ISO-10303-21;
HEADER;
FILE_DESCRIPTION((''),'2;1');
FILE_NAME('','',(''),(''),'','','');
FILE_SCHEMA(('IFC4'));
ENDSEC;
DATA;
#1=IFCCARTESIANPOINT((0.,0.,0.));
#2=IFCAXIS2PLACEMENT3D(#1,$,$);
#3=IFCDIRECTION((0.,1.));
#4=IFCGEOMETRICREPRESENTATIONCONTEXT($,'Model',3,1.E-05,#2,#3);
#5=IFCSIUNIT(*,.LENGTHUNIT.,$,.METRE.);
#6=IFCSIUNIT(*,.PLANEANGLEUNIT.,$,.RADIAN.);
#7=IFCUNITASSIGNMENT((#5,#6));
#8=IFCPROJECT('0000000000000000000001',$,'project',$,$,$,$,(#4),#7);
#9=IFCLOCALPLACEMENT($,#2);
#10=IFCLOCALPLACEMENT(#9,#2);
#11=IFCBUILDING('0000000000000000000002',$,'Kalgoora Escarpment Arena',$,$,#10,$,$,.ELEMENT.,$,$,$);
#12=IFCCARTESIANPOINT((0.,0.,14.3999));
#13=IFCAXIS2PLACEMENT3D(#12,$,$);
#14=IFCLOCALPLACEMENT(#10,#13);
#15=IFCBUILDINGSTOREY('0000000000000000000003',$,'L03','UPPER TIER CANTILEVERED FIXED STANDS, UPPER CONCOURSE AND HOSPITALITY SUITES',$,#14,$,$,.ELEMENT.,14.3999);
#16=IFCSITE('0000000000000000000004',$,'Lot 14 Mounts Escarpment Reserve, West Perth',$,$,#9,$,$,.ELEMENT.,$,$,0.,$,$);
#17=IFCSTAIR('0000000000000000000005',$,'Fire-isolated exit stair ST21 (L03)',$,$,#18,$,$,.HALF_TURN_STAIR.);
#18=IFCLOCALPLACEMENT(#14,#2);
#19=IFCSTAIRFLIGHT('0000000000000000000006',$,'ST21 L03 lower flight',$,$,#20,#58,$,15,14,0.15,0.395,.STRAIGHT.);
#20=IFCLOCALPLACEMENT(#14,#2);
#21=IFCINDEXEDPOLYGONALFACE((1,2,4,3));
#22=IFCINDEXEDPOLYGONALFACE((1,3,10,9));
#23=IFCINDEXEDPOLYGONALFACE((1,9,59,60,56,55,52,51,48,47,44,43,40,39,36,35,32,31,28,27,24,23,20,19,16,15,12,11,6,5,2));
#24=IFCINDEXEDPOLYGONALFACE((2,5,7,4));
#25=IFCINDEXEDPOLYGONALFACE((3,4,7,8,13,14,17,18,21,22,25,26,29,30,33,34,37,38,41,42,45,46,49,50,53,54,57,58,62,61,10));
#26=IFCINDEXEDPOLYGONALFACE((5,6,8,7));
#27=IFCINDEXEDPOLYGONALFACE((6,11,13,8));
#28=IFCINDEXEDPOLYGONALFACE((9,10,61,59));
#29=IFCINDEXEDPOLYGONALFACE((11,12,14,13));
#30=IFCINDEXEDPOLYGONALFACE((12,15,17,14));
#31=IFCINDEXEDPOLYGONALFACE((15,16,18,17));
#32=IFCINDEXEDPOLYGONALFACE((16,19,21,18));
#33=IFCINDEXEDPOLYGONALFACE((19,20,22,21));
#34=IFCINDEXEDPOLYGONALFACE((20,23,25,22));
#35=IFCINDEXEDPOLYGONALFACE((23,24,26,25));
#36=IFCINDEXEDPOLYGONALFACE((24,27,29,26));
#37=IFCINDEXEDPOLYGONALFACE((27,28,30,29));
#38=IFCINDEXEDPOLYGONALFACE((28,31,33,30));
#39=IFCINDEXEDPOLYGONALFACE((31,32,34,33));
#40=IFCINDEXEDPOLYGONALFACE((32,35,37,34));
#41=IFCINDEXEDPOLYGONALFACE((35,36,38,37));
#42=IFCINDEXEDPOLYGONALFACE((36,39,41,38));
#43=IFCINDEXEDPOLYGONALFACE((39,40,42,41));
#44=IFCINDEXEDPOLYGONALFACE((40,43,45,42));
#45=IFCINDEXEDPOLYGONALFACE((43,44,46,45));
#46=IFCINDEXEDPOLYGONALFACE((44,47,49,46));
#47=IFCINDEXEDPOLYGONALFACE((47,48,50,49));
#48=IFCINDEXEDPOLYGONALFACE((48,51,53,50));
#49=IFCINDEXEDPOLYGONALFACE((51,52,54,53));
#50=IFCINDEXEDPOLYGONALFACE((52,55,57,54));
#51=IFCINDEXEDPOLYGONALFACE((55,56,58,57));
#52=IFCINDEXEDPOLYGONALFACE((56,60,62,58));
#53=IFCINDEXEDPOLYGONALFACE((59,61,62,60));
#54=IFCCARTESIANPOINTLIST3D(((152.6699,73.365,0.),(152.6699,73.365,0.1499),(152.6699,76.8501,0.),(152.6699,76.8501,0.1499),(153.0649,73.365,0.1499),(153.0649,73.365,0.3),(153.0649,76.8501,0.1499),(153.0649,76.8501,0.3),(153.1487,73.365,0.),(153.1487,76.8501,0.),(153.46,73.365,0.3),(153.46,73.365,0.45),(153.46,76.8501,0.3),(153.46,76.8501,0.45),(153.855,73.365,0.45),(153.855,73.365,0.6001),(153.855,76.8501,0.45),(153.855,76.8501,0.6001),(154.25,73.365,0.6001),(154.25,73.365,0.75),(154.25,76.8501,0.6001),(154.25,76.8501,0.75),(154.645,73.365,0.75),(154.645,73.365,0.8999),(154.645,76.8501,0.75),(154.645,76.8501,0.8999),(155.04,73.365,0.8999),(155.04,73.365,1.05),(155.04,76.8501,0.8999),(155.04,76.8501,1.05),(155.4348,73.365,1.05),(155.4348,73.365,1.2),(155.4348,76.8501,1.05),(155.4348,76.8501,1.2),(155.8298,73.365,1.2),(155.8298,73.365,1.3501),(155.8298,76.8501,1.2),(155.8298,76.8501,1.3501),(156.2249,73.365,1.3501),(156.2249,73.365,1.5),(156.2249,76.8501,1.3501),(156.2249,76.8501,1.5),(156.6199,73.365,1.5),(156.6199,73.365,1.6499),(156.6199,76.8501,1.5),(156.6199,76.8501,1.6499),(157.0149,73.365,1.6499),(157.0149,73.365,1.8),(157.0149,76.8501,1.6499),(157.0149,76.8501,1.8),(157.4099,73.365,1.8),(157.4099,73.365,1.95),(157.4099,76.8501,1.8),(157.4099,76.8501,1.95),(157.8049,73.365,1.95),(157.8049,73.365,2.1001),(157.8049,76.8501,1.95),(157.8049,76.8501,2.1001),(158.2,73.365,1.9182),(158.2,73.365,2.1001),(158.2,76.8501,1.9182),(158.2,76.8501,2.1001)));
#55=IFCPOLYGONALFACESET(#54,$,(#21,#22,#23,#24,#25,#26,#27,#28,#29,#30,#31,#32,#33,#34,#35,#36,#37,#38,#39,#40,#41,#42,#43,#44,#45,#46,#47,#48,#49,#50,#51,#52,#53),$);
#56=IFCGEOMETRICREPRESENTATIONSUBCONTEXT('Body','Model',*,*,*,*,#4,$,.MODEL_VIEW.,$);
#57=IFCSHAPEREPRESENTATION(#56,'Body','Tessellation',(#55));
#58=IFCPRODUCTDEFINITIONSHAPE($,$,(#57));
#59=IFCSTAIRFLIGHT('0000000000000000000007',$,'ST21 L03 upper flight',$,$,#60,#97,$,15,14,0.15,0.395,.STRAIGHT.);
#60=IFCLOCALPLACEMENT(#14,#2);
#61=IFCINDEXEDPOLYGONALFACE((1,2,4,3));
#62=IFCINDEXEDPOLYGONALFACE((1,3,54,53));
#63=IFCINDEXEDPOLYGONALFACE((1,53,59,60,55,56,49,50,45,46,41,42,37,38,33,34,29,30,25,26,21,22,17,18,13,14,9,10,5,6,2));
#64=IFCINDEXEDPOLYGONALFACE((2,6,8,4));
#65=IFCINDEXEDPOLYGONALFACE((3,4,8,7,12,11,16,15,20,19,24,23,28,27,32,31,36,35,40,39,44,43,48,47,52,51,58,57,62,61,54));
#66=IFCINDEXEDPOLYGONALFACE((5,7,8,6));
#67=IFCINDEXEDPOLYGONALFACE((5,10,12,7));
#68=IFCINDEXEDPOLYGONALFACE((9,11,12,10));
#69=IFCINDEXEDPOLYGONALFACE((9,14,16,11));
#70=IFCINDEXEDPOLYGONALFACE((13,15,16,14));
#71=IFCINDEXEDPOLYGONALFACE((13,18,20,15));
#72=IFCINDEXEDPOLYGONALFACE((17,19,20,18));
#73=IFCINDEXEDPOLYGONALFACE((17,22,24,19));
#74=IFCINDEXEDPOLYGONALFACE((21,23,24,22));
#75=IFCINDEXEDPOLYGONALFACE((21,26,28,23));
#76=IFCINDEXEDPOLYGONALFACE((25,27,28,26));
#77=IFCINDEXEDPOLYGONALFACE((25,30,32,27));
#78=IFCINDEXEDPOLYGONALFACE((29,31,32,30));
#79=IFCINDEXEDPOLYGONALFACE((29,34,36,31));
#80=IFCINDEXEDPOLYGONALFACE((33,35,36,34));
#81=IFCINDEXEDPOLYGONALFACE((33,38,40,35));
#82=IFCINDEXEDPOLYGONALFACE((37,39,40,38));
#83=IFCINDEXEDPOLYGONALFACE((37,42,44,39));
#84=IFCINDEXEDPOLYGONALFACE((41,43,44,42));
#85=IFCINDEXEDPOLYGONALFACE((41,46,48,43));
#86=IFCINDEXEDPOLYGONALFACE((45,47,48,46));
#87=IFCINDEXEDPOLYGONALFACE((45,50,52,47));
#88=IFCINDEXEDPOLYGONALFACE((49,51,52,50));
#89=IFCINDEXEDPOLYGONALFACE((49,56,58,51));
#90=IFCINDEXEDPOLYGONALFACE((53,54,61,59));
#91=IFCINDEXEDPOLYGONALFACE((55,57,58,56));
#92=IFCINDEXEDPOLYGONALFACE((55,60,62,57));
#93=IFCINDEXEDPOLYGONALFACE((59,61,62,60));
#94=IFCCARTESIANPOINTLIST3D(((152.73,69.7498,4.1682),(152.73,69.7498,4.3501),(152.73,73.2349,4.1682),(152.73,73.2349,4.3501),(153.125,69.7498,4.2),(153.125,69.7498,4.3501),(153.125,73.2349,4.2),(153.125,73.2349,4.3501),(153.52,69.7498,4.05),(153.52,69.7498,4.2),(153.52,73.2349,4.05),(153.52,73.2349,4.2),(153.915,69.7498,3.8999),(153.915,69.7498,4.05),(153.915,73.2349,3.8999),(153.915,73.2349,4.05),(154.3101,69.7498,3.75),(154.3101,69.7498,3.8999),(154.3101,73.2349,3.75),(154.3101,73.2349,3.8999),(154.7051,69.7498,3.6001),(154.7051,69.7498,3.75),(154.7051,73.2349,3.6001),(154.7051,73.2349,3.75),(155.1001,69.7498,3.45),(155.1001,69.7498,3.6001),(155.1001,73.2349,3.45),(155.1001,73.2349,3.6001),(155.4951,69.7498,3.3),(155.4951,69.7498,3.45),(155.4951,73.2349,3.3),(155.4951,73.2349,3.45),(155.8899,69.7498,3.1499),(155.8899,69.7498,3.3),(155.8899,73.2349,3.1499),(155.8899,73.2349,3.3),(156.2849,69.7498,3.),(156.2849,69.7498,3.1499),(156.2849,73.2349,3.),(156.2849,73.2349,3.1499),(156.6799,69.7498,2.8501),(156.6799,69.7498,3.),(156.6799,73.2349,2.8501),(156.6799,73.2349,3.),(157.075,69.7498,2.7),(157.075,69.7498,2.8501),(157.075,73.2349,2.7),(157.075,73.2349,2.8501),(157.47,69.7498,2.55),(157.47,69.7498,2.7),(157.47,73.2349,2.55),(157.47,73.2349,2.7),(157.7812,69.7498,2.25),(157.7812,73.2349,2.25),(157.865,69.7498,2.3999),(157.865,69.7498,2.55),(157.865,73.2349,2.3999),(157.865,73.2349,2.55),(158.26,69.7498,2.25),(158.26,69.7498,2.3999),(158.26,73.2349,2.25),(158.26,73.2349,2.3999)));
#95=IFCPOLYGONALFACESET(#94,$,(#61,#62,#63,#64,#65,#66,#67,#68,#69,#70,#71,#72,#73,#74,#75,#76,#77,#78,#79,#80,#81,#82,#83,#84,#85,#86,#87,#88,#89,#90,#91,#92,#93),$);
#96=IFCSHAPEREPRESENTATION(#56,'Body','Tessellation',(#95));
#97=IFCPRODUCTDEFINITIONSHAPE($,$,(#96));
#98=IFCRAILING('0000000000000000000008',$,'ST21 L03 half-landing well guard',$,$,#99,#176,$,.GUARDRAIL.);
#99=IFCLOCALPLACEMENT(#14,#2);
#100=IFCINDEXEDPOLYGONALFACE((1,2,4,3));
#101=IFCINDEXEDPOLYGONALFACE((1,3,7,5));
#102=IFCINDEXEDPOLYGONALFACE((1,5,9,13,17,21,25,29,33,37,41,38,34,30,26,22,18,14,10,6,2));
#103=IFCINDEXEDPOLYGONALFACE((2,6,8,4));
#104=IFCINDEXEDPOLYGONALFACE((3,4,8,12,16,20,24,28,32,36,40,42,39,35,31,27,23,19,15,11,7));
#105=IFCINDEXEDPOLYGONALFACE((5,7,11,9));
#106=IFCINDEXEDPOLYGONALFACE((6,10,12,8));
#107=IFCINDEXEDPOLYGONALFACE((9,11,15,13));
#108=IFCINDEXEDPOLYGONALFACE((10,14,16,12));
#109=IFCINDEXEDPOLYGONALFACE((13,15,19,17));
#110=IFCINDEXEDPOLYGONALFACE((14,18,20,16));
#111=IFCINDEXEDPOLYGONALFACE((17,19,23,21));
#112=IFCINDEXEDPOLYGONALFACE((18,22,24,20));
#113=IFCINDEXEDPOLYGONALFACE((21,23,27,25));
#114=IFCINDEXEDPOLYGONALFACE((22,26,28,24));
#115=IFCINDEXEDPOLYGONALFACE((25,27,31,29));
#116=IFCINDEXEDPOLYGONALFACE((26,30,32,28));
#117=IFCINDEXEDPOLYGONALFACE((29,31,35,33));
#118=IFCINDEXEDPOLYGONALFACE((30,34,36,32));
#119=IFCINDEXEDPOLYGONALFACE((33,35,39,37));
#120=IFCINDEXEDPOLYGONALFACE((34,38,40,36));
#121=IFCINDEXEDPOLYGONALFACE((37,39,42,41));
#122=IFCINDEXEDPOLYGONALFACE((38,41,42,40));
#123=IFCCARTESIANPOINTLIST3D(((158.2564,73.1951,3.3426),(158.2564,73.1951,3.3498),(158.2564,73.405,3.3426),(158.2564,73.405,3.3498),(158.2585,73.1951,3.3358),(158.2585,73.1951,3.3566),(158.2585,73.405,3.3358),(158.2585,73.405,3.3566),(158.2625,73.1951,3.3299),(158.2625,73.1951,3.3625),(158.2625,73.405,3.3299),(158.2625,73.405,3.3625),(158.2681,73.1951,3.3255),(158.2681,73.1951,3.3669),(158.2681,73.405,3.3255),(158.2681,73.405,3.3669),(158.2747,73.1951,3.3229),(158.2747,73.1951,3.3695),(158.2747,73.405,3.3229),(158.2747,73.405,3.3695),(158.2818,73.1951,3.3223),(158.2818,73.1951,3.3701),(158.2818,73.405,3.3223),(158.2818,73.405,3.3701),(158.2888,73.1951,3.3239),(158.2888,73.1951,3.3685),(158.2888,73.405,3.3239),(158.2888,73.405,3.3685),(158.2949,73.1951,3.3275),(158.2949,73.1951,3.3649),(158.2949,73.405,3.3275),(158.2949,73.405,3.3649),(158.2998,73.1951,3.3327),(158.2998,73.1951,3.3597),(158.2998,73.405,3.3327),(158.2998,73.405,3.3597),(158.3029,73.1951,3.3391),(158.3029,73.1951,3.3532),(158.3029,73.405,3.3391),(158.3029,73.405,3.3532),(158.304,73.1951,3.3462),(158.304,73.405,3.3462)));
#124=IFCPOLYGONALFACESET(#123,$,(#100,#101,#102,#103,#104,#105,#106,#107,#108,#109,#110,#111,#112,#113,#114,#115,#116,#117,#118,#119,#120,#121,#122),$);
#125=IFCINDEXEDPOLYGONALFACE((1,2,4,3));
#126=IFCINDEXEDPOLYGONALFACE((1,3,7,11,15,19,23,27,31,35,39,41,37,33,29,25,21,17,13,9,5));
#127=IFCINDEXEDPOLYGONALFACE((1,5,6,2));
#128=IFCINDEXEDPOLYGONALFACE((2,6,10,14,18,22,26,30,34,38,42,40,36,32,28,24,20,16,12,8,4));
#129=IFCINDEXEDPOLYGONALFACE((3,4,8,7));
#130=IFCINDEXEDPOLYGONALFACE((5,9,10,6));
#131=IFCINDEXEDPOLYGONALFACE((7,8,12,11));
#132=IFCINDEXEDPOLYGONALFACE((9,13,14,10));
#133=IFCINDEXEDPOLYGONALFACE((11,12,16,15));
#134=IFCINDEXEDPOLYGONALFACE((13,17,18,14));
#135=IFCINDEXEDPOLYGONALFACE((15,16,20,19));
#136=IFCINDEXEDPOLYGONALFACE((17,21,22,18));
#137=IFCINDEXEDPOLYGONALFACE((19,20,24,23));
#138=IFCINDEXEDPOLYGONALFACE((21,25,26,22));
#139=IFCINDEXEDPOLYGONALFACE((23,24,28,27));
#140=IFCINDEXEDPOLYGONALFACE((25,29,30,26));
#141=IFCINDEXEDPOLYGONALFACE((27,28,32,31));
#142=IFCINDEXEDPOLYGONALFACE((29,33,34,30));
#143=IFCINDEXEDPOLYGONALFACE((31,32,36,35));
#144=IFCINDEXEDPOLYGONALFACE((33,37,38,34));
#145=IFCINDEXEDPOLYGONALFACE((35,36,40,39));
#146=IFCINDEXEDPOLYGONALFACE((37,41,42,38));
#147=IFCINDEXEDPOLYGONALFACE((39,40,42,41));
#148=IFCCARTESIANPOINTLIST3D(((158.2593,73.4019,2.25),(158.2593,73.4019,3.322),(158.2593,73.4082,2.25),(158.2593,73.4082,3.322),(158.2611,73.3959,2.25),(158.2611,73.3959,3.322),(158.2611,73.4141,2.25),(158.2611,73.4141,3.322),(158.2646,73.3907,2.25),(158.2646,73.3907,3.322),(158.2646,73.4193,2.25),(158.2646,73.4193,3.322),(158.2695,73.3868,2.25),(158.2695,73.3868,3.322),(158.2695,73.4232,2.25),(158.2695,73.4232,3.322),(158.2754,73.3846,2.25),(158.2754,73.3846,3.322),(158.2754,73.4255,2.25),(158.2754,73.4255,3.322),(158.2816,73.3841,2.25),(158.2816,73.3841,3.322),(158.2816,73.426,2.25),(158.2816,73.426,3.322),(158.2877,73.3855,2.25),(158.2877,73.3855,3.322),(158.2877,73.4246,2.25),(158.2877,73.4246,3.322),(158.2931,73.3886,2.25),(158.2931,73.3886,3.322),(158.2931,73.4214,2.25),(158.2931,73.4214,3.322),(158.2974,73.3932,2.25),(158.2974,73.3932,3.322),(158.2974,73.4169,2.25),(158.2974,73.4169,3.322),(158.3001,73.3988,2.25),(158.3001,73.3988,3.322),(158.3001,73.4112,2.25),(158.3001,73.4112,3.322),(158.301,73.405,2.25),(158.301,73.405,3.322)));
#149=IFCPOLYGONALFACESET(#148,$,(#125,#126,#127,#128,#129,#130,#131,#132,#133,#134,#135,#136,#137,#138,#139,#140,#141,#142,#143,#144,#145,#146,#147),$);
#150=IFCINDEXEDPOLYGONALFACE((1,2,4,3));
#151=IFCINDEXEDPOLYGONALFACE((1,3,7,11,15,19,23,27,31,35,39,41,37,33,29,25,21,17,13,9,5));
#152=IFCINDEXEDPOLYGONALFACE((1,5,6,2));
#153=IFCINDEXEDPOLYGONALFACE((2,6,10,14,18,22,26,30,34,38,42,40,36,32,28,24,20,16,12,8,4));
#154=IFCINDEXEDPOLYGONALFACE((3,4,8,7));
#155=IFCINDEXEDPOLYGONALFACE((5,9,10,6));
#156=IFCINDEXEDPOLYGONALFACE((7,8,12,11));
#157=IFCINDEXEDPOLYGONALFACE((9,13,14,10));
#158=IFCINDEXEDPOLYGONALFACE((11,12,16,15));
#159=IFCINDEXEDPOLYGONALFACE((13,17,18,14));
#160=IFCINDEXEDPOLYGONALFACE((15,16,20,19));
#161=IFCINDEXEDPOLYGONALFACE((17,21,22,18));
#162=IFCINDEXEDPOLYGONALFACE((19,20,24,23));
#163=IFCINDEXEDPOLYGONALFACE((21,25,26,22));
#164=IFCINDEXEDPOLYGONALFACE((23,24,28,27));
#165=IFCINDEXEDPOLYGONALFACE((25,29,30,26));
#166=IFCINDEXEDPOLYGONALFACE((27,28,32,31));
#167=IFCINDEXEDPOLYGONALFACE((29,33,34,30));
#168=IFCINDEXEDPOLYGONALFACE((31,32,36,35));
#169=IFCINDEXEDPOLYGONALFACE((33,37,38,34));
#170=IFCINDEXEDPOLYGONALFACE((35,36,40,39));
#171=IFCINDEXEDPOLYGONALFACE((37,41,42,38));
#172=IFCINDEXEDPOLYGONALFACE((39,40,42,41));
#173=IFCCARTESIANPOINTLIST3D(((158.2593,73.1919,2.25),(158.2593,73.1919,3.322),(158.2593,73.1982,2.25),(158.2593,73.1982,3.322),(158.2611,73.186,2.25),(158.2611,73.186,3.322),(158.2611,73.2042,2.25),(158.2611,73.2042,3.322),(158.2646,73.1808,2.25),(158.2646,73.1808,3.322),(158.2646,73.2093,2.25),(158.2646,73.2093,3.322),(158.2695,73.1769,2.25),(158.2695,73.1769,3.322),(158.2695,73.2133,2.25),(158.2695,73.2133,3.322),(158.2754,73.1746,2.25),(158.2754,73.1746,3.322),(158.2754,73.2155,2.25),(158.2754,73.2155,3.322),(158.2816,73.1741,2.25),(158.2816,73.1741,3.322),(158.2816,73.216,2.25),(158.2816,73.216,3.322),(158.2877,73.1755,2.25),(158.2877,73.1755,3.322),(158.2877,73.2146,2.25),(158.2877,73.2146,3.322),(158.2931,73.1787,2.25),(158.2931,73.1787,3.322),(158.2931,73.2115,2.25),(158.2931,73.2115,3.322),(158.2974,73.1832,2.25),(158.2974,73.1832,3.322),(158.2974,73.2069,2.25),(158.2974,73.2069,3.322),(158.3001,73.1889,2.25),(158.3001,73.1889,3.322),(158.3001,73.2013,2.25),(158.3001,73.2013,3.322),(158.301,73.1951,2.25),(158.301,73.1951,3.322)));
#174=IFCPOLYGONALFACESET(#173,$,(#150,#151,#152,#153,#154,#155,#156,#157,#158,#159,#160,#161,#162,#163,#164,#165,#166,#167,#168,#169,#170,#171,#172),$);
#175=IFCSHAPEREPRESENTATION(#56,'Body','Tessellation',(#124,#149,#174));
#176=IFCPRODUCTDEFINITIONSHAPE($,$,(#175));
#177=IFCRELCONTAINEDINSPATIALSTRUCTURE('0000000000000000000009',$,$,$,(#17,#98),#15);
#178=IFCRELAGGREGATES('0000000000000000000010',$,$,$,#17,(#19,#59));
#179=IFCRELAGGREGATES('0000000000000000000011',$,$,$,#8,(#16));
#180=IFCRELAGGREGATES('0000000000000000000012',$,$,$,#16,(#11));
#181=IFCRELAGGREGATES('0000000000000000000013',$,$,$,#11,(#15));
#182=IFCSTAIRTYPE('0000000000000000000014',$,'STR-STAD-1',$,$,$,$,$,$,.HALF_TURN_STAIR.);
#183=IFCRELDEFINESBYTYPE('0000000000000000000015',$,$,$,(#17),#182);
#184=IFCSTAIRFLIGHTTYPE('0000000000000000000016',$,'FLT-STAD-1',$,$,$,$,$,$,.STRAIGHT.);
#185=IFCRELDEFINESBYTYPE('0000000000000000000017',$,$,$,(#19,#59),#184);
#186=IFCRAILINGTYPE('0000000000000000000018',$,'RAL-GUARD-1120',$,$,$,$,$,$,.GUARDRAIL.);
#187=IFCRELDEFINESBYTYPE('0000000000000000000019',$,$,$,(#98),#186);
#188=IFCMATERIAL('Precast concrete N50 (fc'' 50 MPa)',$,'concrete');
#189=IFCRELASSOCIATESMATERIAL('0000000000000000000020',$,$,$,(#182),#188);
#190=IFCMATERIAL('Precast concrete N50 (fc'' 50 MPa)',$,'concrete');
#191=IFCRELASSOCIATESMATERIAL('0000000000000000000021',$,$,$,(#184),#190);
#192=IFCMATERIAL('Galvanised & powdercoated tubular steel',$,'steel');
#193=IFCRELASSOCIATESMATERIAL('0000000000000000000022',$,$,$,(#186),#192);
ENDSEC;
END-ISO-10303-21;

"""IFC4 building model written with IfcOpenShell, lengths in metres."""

from ifc_helpers import new_model, si_unit, direction, frame, origin, origin_2d, place, context, subcontext, project, spatial, polyline, circle, outline, extrude, material, type_object, element, aggregate, save


model = new_model("IFC4")

# Units and contexts
model_context = context("Model", 3, precision=1e-05, world=origin(), true_north=direction((0.0, 1.0)))
body_context = subcontext(model_context, "Body", "Model", "MODEL_VIEW")
ifc_project = project(units=[si_unit("LENGTHUNIT", "METRE"), si_unit("PLANEANGLEUNIT", "RADIAN")], contexts=[model_context])

# Site, building, storey
site_placement = place(None, origin())
site = spatial("IfcSite", under=ifc_project, at=site_placement, Name="Lot 14 Mounts Escarpment Reserve, West Perth", CompositionType="ELEMENT", RefElevation=0.0)
building_placement = place(site_placement, origin())
building = spatial("IfcBuilding", under=site, at=building_placement, Name="Kalgoora Escarpment Arena", CompositionType="ELEMENT")
storey_placement = place(building_placement, frame((0.0, 0.0, 14.3999)))
storey = spatial("IfcBuildingStorey", under=building, at=storey_placement, Name="L03", Description="UPPER TIER CANTILEVERED FIXED STANDS, UPPER CONCOURSE AND HOSPITALITY SUITES", CompositionType="ELEMENT", Elevation=14.3999)

# Stair, stair flights
ifc_material_1 = material(Name="Precast concrete N50 (fc' 50 MPa)", Category="concrete")
stair_type = type_object("IfcStairType", Name="STR-STAD-1", PredefinedType="HALF_TURN_STAIR", material=ifc_material_1)
stair_placement = place(storey_placement, origin())
stair = element("IfcStair", 1, at=stair_placement, inside=storey, type_object=stair_type, Name="Fire-isolated exit stair ST21 (L03)", PredefinedType="HALF_TURN_STAIR")
ifc_material_2 = material(Name="Precast concrete N50 (fc' 50 MPa)", Category="concrete")
stair_flight_type = type_object("IfcStairFlightType", Name="FLT-STAD-1", PredefinedType="STRAIGHT", material=ifc_material_2)
stair_flight_1_placement = place(storey_placement, frame((152.6699, 75.1074, 0.0), z_axis=(0.0, 0.0, 1.0), x_axis=(1.0, 0.0, 0.0)))
stair_flight_1 = element("IfcStairFlight", 2, at=stair_flight_1_placement, type_object=stair_flight_type, Name="ST21 L03 lower flight", NumberOfRisers=15, NumberOfTreads=14, PredefinedType="STRAIGHT", RiserHeight=0.15, TreadLength=0.395, context=body_context, shape_type="SweptSolid", body=[
    extrude(outline(polyline([(0.0, 0.0), (0.0, 0.1499), (0.395, 0.1499), (0.395, 0.3), (0.79, 0.3), (0.79, 0.45), (1.1851, 0.45), (1.1851, 0.6001), (1.5801, 0.6001), (1.5801, 0.75), (1.9751, 0.75), (1.9751, 0.8999), (2.3701, 0.8999), (2.3701, 1.05), (2.7649, 1.05), (2.7649, 1.2), (3.1599, 1.2), (3.1599, 1.3501), (3.5549, 1.3501), (3.5549, 1.5), (3.95, 1.5), (3.95, 1.6499), (4.345, 1.6499), (4.345, 1.8), (4.74, 1.8), (4.74, 1.95), (5.135, 1.95), (5.135, 2.1001), (5.53, 2.1001), (5.53, 2.25), (5.53, 1.9182), (0.4788, 0.0), (0.0, 0.0)])), frame((0.0, 1.7427, 0.0), z_axis=(0.0, -1.0, 0.0), x_axis=(1.0, 0.0, 0.0)), (0.0, 0.0, 1.0), 3.4851),
])
stair_flight_2_placement = place(storey_placement, frame((158.26, 71.4924, 2.25), z_axis=(0.0, 0.0, 1.0), x_axis=(-1.0, 0.0, 0.0)))
stair_flight_2 = element("IfcStairFlight", 3, at=stair_flight_2_placement, type_object=stair_flight_type, Name="ST21 L03 upper flight", NumberOfRisers=15, NumberOfTreads=14, PredefinedType="STRAIGHT", RiserHeight=0.15, TreadLength=0.395, context=body_context, shape_type="SweptSolid", body=[
    extrude(outline(polyline([(0.0, 0.0), (0.0, 0.1499), (0.395, 0.1499), (0.395, 0.3), (0.79, 0.3), (0.79, 0.45), (1.1851, 0.45), (1.1851, 0.6001), (1.5801, 0.6001), (1.5801, 0.75), (1.9751, 0.75), (1.9751, 0.8999), (2.3701, 0.8999), (2.3701, 1.05), (2.7649, 1.05), (2.7649, 1.2), (3.1599, 1.2), (3.1599, 1.3501), (3.5549, 1.3501), (3.5549, 1.5), (3.95, 1.5), (3.95, 1.6499), (4.345, 1.6499), (4.345, 1.8), (4.74, 1.8), (4.74, 1.95), (5.135, 1.95), (5.135, 2.1001), (5.53, 2.1001), (5.53, 2.25), (5.53, 1.9182), (0.4788, 0.0), (0.0, 0.0)])), frame((0.0, 1.7427, 0.0), z_axis=(0.0, -1.0, 0.0), x_axis=(1.0, 0.0, 0.0)), (0.0, 0.0, 1.0), 3.4851),
])
aggregate(stair, [stair_flight_1, stair_flight_2])

# Railing
ifc_material_3 = material(Name="Galvanised & powdercoated tubular steel", Category="steel")
railing_type_1 = type_object("IfcRailingType", Name="RAL-GUARD-1120", PredefinedType="GUARDRAIL", material=ifc_material_3)
railing_1_placement = place(storey_placement, frame((158.28, 73.405, 2.25)))
element("IfcRailing", 4, at=railing_1_placement, inside=storey, type_object=railing_type_1, Name="ST21 L03 half-landing well guard", PredefinedType="GUARDRAIL", context=body_context, shape_type="SweptSolid", body=[
    extrude(circle(Radius=0.0239, at=origin_2d()), frame((0.0, 0.0, 1.0962), z_axis=(0.0, -1.0, 0.0), x_axis=(1.0, 0.0, 0.0)), (0.0, 0.0, 1.0), 0.21),
    extrude(circle(Radius=0.021, at=origin_2d()), origin(), (0.0, 0.0, 1.0), 1.072),
    extrude(circle(Radius=0.021, at=origin_2d()), frame((0.0, -0.21, 0.0)), (0.0, 0.0, 1.0), 1.072),
])

save(model, "model.ifc")
